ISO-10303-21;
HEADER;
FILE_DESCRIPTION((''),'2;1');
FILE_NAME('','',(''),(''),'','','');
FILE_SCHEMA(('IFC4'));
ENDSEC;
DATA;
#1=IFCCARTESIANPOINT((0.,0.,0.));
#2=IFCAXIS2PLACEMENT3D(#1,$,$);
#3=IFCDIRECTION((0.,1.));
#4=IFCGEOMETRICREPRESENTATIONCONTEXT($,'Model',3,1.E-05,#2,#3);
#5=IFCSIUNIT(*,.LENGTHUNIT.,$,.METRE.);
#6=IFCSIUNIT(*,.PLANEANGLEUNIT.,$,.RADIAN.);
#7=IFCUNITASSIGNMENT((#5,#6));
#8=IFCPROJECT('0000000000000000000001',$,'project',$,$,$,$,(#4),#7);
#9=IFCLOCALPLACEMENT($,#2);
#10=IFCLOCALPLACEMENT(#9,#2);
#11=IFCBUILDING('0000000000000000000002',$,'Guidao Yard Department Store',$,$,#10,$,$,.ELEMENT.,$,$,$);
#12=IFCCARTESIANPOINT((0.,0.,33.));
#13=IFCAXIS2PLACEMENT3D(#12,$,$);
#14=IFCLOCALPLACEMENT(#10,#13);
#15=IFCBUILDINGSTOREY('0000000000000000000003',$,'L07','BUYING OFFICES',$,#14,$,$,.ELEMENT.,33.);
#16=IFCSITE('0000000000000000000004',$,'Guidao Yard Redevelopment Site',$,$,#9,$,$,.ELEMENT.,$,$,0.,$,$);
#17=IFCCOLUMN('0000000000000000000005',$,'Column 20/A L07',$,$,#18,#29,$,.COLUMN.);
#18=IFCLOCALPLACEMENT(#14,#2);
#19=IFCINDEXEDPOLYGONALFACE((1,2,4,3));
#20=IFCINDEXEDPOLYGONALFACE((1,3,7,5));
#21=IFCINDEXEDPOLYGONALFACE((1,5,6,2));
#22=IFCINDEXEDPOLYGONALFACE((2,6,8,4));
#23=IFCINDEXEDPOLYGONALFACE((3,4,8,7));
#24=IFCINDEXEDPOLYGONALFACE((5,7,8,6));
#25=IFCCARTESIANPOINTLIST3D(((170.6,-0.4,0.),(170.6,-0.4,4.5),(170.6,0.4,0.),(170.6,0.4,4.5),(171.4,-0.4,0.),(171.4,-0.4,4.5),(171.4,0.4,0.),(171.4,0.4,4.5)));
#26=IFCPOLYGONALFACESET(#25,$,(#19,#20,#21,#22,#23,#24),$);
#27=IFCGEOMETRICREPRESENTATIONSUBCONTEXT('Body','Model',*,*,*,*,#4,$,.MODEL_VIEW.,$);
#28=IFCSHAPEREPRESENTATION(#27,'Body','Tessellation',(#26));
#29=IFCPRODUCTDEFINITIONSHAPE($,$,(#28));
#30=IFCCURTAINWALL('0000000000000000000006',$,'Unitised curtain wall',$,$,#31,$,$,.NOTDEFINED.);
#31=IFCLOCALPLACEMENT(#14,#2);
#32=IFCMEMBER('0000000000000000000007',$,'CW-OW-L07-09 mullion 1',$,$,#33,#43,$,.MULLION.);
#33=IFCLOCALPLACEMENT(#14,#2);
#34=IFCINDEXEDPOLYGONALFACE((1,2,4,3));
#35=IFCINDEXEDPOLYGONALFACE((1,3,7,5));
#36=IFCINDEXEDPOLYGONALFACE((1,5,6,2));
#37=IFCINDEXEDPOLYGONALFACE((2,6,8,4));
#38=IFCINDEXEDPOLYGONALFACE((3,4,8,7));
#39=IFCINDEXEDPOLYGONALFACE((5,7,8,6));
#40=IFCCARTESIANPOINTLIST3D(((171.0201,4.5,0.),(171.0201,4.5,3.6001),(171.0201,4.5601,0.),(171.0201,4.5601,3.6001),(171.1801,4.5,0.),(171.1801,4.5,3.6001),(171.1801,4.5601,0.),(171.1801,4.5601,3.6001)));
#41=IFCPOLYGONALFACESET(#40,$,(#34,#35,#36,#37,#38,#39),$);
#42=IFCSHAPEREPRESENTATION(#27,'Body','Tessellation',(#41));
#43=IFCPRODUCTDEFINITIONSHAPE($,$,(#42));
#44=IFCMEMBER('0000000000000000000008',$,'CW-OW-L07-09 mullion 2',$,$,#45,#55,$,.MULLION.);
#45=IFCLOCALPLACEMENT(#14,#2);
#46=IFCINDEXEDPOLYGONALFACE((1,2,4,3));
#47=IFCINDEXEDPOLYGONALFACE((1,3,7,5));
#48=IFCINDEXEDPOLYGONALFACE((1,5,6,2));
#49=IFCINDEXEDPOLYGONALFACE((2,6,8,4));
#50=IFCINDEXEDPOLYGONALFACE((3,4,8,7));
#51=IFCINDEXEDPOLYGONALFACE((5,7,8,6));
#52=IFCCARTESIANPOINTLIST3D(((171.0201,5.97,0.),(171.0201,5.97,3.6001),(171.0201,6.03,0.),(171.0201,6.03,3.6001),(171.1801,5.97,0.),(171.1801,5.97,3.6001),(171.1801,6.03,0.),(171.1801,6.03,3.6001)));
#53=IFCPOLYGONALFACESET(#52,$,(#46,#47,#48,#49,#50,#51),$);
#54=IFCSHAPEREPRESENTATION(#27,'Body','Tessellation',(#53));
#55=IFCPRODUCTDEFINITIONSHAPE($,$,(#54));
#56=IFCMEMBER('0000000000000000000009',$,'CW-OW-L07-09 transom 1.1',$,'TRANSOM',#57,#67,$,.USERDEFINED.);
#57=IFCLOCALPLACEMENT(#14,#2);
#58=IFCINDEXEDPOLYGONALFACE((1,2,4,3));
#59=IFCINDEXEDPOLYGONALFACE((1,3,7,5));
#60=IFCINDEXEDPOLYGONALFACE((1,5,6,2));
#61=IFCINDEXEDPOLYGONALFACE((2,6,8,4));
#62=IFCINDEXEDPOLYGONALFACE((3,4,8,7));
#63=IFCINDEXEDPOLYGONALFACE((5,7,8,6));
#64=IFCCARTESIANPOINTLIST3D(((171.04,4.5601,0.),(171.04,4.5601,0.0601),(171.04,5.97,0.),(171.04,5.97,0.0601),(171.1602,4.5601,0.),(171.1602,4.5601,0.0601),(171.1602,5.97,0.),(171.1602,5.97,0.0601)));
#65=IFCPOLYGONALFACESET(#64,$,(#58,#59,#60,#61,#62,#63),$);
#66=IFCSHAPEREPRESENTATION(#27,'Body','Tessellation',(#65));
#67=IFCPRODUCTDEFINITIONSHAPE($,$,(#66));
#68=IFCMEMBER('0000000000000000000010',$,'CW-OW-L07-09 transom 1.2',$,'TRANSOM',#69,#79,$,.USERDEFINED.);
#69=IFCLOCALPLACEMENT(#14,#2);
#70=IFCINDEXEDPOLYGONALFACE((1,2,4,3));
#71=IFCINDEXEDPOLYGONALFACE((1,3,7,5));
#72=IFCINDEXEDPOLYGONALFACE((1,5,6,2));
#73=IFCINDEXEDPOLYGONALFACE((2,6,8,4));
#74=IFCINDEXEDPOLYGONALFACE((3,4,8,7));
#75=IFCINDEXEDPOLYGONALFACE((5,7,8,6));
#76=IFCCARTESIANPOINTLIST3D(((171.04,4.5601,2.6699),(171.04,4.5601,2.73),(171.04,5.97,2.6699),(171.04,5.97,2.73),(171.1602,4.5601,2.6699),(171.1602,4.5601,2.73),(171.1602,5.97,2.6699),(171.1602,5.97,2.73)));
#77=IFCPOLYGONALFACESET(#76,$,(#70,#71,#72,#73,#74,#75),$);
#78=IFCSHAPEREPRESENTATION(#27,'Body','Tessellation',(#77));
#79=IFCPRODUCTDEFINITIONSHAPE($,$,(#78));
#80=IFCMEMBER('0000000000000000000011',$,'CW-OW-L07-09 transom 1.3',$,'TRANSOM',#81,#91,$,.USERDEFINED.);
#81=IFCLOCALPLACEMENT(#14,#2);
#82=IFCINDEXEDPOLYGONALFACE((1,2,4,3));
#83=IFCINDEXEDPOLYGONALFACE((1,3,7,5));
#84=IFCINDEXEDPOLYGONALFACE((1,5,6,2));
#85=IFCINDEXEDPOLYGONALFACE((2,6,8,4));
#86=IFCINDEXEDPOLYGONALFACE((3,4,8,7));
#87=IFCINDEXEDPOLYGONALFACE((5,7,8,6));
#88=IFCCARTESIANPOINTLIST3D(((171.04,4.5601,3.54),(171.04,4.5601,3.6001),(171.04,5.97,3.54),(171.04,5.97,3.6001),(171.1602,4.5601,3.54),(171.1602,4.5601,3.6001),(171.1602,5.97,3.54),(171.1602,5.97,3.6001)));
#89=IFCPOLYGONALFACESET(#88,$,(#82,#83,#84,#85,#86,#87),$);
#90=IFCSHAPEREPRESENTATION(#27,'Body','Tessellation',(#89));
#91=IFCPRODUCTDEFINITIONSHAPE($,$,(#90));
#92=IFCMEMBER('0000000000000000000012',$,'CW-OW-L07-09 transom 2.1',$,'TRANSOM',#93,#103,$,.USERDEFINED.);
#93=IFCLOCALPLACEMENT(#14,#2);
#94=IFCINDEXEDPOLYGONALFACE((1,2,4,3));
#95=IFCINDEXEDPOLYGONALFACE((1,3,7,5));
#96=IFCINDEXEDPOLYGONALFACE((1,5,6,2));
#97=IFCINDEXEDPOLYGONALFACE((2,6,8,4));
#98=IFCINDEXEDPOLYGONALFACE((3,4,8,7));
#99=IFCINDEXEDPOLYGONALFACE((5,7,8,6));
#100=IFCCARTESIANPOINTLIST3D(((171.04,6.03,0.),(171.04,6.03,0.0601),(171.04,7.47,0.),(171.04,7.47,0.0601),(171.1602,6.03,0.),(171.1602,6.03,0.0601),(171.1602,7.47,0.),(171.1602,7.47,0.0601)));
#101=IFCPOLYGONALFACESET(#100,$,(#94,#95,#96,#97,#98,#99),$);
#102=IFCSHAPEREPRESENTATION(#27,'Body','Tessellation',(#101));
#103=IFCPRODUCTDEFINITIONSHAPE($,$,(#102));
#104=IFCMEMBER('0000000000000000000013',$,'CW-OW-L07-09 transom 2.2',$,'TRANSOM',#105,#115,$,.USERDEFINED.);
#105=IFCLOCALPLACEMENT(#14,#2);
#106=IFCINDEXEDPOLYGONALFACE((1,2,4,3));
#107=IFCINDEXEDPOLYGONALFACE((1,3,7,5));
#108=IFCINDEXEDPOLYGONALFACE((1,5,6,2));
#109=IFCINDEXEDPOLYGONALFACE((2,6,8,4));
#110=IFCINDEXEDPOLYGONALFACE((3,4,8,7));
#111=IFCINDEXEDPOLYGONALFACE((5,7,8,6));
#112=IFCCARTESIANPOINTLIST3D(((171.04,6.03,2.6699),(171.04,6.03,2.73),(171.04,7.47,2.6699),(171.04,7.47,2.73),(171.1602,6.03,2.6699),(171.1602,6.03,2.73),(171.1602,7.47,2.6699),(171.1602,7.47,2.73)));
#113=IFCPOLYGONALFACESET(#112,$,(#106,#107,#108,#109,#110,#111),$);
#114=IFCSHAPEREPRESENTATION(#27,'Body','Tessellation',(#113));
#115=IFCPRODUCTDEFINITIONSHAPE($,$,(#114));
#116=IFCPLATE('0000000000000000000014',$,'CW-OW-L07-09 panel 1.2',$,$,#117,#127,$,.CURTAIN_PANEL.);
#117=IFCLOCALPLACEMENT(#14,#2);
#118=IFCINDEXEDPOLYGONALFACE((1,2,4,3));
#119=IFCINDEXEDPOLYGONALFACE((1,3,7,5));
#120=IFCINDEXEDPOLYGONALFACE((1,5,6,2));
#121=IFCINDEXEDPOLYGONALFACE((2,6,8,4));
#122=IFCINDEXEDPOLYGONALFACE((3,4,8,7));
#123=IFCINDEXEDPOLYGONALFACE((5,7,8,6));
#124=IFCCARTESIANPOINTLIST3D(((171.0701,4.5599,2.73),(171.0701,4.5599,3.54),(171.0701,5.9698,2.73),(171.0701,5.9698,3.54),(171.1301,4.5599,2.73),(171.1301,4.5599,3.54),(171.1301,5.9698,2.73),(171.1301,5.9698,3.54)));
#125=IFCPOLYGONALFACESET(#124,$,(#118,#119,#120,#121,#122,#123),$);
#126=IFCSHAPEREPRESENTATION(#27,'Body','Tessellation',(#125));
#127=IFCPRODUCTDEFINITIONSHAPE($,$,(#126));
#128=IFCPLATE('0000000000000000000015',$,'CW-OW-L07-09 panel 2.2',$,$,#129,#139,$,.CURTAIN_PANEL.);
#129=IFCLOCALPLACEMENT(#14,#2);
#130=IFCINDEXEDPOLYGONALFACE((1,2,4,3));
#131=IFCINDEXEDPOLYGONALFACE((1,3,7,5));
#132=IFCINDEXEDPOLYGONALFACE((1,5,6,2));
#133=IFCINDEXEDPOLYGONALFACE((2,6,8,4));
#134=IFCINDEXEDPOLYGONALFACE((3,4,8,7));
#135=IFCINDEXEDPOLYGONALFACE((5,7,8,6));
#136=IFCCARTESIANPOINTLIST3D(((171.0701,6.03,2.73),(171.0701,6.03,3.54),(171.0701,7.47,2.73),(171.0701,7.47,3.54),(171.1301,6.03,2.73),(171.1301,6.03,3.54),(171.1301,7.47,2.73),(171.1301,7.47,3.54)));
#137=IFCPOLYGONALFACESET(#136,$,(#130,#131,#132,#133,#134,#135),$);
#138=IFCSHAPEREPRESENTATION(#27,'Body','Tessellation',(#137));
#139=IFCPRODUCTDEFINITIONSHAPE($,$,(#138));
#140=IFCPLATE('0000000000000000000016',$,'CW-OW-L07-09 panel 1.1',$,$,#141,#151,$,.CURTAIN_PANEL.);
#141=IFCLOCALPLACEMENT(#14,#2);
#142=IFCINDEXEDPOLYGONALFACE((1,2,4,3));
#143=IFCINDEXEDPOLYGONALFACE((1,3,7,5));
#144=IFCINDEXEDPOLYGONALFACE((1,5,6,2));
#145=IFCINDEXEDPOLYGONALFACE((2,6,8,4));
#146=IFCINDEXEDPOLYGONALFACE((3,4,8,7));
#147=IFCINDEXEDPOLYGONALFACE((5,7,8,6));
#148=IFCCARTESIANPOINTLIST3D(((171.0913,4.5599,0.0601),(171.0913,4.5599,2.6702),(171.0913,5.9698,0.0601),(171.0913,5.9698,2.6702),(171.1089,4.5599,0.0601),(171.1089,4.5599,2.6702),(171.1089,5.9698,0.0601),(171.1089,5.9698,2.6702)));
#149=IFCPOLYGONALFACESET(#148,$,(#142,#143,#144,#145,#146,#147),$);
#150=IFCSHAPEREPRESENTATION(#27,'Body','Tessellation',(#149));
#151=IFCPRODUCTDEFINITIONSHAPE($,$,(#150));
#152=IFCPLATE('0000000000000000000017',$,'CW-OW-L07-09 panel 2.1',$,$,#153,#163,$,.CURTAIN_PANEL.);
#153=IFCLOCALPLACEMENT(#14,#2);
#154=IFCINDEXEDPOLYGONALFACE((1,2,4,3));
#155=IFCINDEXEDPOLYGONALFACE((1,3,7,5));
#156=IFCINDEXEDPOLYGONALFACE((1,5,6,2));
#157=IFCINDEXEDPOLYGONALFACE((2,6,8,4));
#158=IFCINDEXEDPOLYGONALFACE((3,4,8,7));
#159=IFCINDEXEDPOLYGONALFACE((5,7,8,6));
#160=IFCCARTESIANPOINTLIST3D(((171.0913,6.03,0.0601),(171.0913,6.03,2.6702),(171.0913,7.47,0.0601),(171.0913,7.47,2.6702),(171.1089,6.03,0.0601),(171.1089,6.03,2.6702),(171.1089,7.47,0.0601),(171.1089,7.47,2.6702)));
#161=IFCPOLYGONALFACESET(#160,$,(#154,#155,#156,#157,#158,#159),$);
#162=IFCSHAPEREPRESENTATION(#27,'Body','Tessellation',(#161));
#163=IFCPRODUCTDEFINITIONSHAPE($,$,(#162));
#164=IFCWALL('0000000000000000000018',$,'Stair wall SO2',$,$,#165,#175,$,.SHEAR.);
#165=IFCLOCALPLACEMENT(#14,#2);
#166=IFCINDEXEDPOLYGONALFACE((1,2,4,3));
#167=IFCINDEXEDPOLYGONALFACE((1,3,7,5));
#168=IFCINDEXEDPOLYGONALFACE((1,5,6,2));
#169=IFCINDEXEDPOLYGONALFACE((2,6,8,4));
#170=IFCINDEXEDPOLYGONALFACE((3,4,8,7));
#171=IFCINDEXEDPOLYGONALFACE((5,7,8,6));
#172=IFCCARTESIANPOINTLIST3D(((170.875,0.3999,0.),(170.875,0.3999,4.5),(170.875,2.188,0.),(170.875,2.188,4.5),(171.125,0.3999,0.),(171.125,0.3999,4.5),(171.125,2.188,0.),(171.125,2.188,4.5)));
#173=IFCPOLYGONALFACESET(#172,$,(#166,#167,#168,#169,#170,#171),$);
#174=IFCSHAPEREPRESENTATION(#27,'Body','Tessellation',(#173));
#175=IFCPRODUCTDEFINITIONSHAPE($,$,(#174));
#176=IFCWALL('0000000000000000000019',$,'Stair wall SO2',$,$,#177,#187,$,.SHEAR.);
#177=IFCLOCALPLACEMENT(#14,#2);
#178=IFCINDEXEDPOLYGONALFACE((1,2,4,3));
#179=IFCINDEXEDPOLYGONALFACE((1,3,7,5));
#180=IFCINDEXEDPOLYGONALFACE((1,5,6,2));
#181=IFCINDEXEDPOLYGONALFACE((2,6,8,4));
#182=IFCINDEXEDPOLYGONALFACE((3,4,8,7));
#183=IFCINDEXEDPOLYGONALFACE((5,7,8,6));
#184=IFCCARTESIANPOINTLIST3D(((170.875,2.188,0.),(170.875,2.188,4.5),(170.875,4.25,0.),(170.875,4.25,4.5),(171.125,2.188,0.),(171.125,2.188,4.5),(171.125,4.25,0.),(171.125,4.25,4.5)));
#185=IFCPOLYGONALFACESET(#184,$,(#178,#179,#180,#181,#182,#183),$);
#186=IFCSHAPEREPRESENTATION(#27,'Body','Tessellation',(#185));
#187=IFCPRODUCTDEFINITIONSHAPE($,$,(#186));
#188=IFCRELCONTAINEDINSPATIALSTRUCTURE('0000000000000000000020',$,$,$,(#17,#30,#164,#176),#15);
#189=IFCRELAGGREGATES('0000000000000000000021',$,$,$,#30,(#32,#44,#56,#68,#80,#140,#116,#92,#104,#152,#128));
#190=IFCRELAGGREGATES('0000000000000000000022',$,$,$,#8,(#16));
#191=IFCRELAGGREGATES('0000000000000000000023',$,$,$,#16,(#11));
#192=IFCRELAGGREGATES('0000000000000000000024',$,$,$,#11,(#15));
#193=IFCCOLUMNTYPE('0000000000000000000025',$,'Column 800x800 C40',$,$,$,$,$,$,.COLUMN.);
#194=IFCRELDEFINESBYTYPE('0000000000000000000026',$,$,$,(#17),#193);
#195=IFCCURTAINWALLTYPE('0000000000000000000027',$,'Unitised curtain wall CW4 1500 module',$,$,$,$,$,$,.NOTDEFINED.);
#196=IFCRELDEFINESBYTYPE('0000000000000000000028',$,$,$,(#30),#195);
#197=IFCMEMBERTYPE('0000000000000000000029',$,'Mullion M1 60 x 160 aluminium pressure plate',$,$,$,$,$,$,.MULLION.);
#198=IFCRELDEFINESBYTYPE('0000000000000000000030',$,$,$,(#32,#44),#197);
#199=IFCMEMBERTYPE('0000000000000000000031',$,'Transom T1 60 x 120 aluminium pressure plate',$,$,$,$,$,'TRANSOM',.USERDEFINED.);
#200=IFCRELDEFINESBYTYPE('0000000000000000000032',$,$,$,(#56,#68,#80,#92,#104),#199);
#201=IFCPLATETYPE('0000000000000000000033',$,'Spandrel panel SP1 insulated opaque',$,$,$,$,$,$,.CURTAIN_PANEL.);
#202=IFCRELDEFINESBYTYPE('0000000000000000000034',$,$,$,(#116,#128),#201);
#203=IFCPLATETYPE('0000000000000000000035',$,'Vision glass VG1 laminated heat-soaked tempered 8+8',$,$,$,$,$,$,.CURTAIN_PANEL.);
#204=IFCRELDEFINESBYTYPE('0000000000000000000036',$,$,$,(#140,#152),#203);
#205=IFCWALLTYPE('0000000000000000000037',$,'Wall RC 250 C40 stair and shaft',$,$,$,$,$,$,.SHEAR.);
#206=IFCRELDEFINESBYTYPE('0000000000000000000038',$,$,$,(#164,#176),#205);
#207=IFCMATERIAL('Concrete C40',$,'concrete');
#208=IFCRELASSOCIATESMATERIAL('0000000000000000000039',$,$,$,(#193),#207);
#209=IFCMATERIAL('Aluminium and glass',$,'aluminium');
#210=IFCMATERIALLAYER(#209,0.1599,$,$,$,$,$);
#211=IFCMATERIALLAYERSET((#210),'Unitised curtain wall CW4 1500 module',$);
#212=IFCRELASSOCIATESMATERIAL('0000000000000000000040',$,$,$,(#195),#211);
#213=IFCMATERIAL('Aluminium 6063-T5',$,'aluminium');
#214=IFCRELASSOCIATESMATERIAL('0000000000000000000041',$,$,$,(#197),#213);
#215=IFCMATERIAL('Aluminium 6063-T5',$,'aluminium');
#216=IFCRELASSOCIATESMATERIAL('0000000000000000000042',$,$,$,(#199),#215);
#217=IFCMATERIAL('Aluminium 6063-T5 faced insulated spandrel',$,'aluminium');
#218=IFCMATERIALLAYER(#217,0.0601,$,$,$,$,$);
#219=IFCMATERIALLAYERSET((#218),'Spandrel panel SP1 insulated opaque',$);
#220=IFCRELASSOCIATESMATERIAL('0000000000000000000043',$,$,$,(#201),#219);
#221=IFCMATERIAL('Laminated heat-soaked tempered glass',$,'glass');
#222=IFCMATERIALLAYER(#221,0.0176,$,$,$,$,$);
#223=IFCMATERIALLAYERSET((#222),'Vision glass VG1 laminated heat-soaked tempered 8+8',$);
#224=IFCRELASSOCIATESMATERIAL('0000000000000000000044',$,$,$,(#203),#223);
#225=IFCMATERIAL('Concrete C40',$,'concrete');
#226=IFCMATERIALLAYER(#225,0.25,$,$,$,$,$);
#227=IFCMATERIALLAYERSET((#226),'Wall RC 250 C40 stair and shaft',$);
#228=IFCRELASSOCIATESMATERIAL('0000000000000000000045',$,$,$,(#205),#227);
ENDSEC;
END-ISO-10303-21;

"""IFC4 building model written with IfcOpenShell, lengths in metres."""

from ifc_helpers import new_model, si_unit, direction, frame, frame_2d, origin, origin_2d, place, context, subcontext, project, spatial, rectangle, extrude, material, layer, layer_set, material_profile, profile_set, type_object, element, aggregate, save


model = new_model("IFC4")

# Units and contexts
model_context = context("Model", 3, precision=1e-05, world=origin(), true_north=direction((0.0, 1.0)))
body_context = subcontext(model_context, "Body", "Model", "MODEL_VIEW")
ifc_project = project(units=[si_unit("LENGTHUNIT", "METRE"), si_unit("PLANEANGLEUNIT", "RADIAN")], contexts=[model_context])

# Site, building, storey
site_placement = place(None, origin())
site = spatial("IfcSite", under=ifc_project, at=site_placement, Name="Guidao Yard Redevelopment Site", CompositionType="ELEMENT", RefElevation=0.0)
building_placement = place(site_placement, origin())
building = spatial("IfcBuilding", under=site, at=building_placement, Name="Guidao Yard Department Store", CompositionType="ELEMENT")
storey_placement = place(building_placement, frame((0.0, 0.0, 33.0)))
storey = spatial("IfcBuildingStorey", under=building, at=storey_placement, Name="L07", Description="BUYING OFFICES", CompositionType="ELEMENT", Elevation=33.0)

# Column
ifc_material_1 = material(Name="Concrete C40", Category="concrete")
ifc_material_profile_1 = material_profile(ifc_material_1, rectangle(XDim=0.8, YDim=0.8, at=origin_2d()), Name="COL 800x800")
ifc_profile_set_1 = profile_set([ifc_material_profile_1], Name="Concrete C40")
column_type = type_object("IfcColumnType", Name="Column 800x800 C40", PredefinedType="COLUMN", material=ifc_profile_set_1)
column_placement = place(storey_placement, frame((171.0, 0.0, 0.0), z_axis=(0.0, 0.0, 1.0), x_axis=(1.0, 0.0, 0.0)))
element("IfcColumn", 1, at=column_placement, inside=storey, type_object=column_type, Name="Column 20/A L07", PredefinedType="COLUMN", context=body_context, shape_type="SweptSolid", body=[
    extrude(rectangle(XDim=0.8, YDim=0.8, at=origin_2d()), origin(), (0.0, 0.0, 1.0), 4.5),
])

# Curtain wall, members, plates
ifc_material_2 = material(Name="Aluminium and glass", Category="aluminium")
ifc_layer_1 = layer(ifc_material_2, 0.1599)
ifc_layer_set_1 = layer_set([ifc_layer_1], Name="Unitised curtain wall CW4 1500 module")
curtain_wall_type = type_object("IfcCurtainWallType", Name="Unitised curtain wall CW4 1500 module", PredefinedType="NOTDEFINED", material=ifc_layer_set_1)
curtain_wall_placement = place(storey_placement, origin())
curtain_wall = element("IfcCurtainWall", 2, at=curtain_wall_placement, inside=storey, type_object=curtain_wall_type, Name="Unitised curtain wall", PredefinedType="NOTDEFINED")
ifc_material_3 = material(Name="Aluminium 6063-T5", Category="aluminium")
ifc_material_profile_2 = material_profile(ifc_material_3, rectangle(XDim=0.0601, YDim=0.1599, at=origin_2d()), Name="Mullion M1 60 x 160 aluminium pressure plate")
ifc_profile_set_2 = profile_set([ifc_material_profile_2], Name="Aluminium 6063-T5")
member_type_1 = type_object("IfcMemberType", Name="Mullion M1 60 x 160 aluminium pressure plate", PredefinedType="MULLION", material=ifc_profile_set_2)
member_1_placement = place(storey_placement, frame((171.1001, 4.53, 0.0), z_axis=(0.0, 0.0, 1.0), x_axis=(0.0, -1.0, 0.0)))
member_1 = element("IfcMember", 3, at=member_1_placement, type_object=member_type_1, Name="CW-OW-L07-09 mullion 1", PredefinedType="MULLION", context=body_context, shape_type="SweptSolid", body=[
    extrude(rectangle(XDim=0.0601, YDim=0.1599, at=origin_2d()), origin(), (0.0, 0.0, 1.0), 3.6001),
])
member_2_placement = place(storey_placement, frame((171.1001, 6.0, 0.0), z_axis=(0.0, 0.0, 1.0), x_axis=(0.0, -1.0, 0.0)))
member_2 = element("IfcMember", 4, at=member_2_placement, type_object=member_type_1, Name="CW-OW-L07-09 mullion 2", PredefinedType="MULLION", context=body_context, shape_type="SweptSolid", body=[
    extrude(rectangle(XDim=0.0601, YDim=0.1599, at=origin_2d()), origin(), (0.0, 0.0, 1.0), 3.6001),
])
ifc_material_4 = material(Name="Aluminium 6063-T5", Category="aluminium")
ifc_material_profile_3 = material_profile(ifc_material_4, rectangle(XDim=0.1201, YDim=0.0601, at=origin_2d()), Name="Transom T1 60 x 120 aluminium pressure plate")
ifc_profile_set_3 = profile_set([ifc_material_profile_3], Name="Aluminium 6063-T5")
member_type_2 = type_object("IfcMemberType", Name="Transom T1 60 x 120 aluminium pressure plate", ElementType="TRANSOM", PredefinedType="USERDEFINED", material=ifc_profile_set_3)
member_3_placement = place(storey_placement, frame((171.1001, 5.97, 0.03), z_axis=(0.0, -1.0, 0.0), x_axis=(1.0, 0.0, 0.0)))
member_3 = element("IfcMember", 5, at=member_3_placement, type_object=member_type_2, Name="CW-OW-L07-09 transom 1.1", ObjectType="TRANSOM", PredefinedType="USERDEFINED", context=body_context, shape_type="SweptSolid", body=[
    extrude(rectangle(XDim=0.1201, YDim=0.0601, at=origin_2d()), origin(), (0.0, 0.0, 1.0), 1.4099),
])
member_4_placement = place(storey_placement, frame((171.1001, 5.97, 2.7), z_axis=(0.0, -1.0, 0.0), x_axis=(1.0, 0.0, 0.0)))
member_4 = element("IfcMember", 6, at=member_4_placement, type_object=member_type_2, Name="CW-OW-L07-09 transom 1.2", ObjectType="TRANSOM", PredefinedType="USERDEFINED", context=body_context, shape_type="SweptSolid", body=[
    extrude(rectangle(XDim=0.1201, YDim=0.0601, at=origin_2d()), origin(), (0.0, 0.0, 1.0), 1.4099),
])
member_5_placement = place(storey_placement, frame((171.1001, 5.97, 3.5701), z_axis=(0.0, -1.0, 0.0), x_axis=(1.0, 0.0, 0.0)))
member_5 = element("IfcMember", 7, at=member_5_placement, type_object=member_type_2, Name="CW-OW-L07-09 transom 1.3", ObjectType="TRANSOM", PredefinedType="USERDEFINED", context=body_context, shape_type="SweptSolid", body=[
    extrude(rectangle(XDim=0.1201, YDim=0.0601, at=origin_2d()), origin(), (0.0, 0.0, 1.0), 1.4099),
])
member_6_placement = place(storey_placement, frame((171.1001, 7.47, 0.03), z_axis=(0.0, -1.0, 0.0), x_axis=(1.0, 0.0, 0.0)))
member_6 = element("IfcMember", 8, at=member_6_placement, type_object=member_type_2, Name="CW-OW-L07-09 transom 2.1", ObjectType="TRANSOM", PredefinedType="USERDEFINED", context=body_context, shape_type="SweptSolid", body=[
    extrude(rectangle(XDim=0.1201, YDim=0.0601, at=origin_2d()), origin(), (0.0, 0.0, 1.0), 1.4399),
])
member_7_placement = place(storey_placement, frame((171.1001, 7.47, 2.7), z_axis=(0.0, -1.0, 0.0), x_axis=(1.0, 0.0, 0.0)))
member_7 = element("IfcMember", 9, at=member_7_placement, type_object=member_type_2, Name="CW-OW-L07-09 transom 2.2", ObjectType="TRANSOM", PredefinedType="USERDEFINED", context=body_context, shape_type="SweptSolid", body=[
    extrude(rectangle(XDim=0.1201, YDim=0.0601, at=origin_2d()), origin(), (0.0, 0.0, 1.0), 1.4399),
])
ifc_material_5 = material(Name="Aluminium 6063-T5 faced insulated spandrel", Category="aluminium")
ifc_layer_2 = layer(ifc_material_5, 0.0601)
ifc_layer_set_2 = layer_set([ifc_layer_2], Name="Spandrel panel SP1 insulated opaque")
plate_type_1 = type_object("IfcPlateType", Name="Spandrel panel SP1 insulated opaque", PredefinedType="CURTAIN_PANEL", material=ifc_layer_set_2)
plate_1_placement = place(storey_placement, frame((171.1001, 5.2649, 2.73), z_axis=(0.0, 0.0, 1.0), x_axis=(0.0, -1.0, 0.0)))
plate_1 = element("IfcPlate", 10, at=plate_1_placement, type_object=plate_type_1, Name="CW-OW-L07-09 panel 1.2", PredefinedType="CURTAIN_PANEL", context=body_context, shape_type="SweptSolid", body=[
    extrude(rectangle(XDim=1.4099, YDim=0.0601, at=origin_2d()), origin(), (0.0, 0.0, 1.0), 0.8101),
])
plate_2_placement = place(storey_placement, frame((171.1001, 6.75, 2.73), z_axis=(0.0, 0.0, 1.0), x_axis=(0.0, -1.0, 0.0)))
plate_2 = element("IfcPlate", 11, at=plate_2_placement, type_object=plate_type_1, Name="CW-OW-L07-09 panel 2.2", PredefinedType="CURTAIN_PANEL", context=body_context, shape_type="SweptSolid", body=[
    extrude(rectangle(XDim=1.4399, YDim=0.0601, at=origin_2d()), origin(), (0.0, 0.0, 1.0), 0.8101),
])
ifc_material_6 = material(Name="Laminated heat-soaked tempered glass", Category="glass")
ifc_layer_3 = layer(ifc_material_6, 0.0176)
ifc_layer_set_3 = layer_set([ifc_layer_3], Name="Vision glass VG1 laminated heat-soaked tempered 8+8")
plate_type_2 = type_object("IfcPlateType", Name="Vision glass VG1 laminated heat-soaked tempered 8+8", PredefinedType="CURTAIN_PANEL", material=ifc_layer_set_3)
plate_3_placement = place(storey_placement, frame((171.1001, 5.2649, 0.0601), z_axis=(0.0, 0.0, 1.0), x_axis=(0.0, -1.0, 0.0)))
plate_3 = element("IfcPlate", 12, at=plate_3_placement, type_object=plate_type_2, Name="CW-OW-L07-09 panel 1.1", PredefinedType="CURTAIN_PANEL", context=body_context, shape_type="SweptSolid", body=[
    extrude(rectangle(XDim=1.4099, YDim=0.0176, at=origin_2d()), origin(), (0.0, 0.0, 1.0), 2.6101),
])
plate_4_placement = place(storey_placement, frame((171.1001, 6.75, 0.0601), z_axis=(0.0, 0.0, 1.0), x_axis=(0.0, -1.0, 0.0)))
plate_4 = element("IfcPlate", 13, at=plate_4_placement, type_object=plate_type_2, Name="CW-OW-L07-09 panel 2.1", PredefinedType="CURTAIN_PANEL", context=body_context, shape_type="SweptSolid", body=[
    extrude(rectangle(XDim=1.4399, YDim=0.0176, at=origin_2d()), origin(), (0.0, 0.0, 1.0), 2.6101),
])
aggregate(curtain_wall, [member_1, member_2, member_3, member_4, member_5, plate_3, plate_1, member_6, member_7, plate_4, plate_2])

# Walls
ifc_material_7 = material(Name="Concrete C40", Category="concrete")
ifc_layer_4 = layer(ifc_material_7, 0.25)
ifc_layer_set_4 = layer_set([ifc_layer_4], Name="Wall RC 250 C40 stair and shaft")
wall_type = type_object("IfcWallType", Name="Wall RC 250 C40 stair and shaft", PredefinedType="SHEAR", material=ifc_layer_set_4)
wall_1_placement = place(storey_placement, frame((171.0, 0.3999, 0.0), z_axis=(0.0, 0.0, 1.0), x_axis=(0.0, 1.0, 0.0)))
element("IfcWall", 14, at=wall_1_placement, inside=storey, type_object=wall_type, Name="Stair wall SO2", PredefinedType="SHEAR", context=body_context, shape_type="SweptSolid", body=[
    extrude(rectangle(XDim=1.7881, YDim=0.25, at=frame_2d((0.894, 0.0))), origin(), (0.0, 0.0, 1.0), 4.5),
])
wall_2_placement = place(storey_placement, frame((171.0, 2.188, 0.0), z_axis=(0.0, 0.0, 1.0), x_axis=(0.0, 1.0, 0.0)))
element("IfcWall", 15, at=wall_2_placement, inside=storey, type_object=wall_type, Name="Stair wall SO2", PredefinedType="SHEAR", context=body_context, shape_type="SweptSolid", body=[
    extrude(rectangle(XDim=2.062, YDim=0.25, at=frame_2d((1.031, 0.0))), origin(), (0.0, 0.0, 1.0), 4.5),
])

save(model, "model.ifc")
